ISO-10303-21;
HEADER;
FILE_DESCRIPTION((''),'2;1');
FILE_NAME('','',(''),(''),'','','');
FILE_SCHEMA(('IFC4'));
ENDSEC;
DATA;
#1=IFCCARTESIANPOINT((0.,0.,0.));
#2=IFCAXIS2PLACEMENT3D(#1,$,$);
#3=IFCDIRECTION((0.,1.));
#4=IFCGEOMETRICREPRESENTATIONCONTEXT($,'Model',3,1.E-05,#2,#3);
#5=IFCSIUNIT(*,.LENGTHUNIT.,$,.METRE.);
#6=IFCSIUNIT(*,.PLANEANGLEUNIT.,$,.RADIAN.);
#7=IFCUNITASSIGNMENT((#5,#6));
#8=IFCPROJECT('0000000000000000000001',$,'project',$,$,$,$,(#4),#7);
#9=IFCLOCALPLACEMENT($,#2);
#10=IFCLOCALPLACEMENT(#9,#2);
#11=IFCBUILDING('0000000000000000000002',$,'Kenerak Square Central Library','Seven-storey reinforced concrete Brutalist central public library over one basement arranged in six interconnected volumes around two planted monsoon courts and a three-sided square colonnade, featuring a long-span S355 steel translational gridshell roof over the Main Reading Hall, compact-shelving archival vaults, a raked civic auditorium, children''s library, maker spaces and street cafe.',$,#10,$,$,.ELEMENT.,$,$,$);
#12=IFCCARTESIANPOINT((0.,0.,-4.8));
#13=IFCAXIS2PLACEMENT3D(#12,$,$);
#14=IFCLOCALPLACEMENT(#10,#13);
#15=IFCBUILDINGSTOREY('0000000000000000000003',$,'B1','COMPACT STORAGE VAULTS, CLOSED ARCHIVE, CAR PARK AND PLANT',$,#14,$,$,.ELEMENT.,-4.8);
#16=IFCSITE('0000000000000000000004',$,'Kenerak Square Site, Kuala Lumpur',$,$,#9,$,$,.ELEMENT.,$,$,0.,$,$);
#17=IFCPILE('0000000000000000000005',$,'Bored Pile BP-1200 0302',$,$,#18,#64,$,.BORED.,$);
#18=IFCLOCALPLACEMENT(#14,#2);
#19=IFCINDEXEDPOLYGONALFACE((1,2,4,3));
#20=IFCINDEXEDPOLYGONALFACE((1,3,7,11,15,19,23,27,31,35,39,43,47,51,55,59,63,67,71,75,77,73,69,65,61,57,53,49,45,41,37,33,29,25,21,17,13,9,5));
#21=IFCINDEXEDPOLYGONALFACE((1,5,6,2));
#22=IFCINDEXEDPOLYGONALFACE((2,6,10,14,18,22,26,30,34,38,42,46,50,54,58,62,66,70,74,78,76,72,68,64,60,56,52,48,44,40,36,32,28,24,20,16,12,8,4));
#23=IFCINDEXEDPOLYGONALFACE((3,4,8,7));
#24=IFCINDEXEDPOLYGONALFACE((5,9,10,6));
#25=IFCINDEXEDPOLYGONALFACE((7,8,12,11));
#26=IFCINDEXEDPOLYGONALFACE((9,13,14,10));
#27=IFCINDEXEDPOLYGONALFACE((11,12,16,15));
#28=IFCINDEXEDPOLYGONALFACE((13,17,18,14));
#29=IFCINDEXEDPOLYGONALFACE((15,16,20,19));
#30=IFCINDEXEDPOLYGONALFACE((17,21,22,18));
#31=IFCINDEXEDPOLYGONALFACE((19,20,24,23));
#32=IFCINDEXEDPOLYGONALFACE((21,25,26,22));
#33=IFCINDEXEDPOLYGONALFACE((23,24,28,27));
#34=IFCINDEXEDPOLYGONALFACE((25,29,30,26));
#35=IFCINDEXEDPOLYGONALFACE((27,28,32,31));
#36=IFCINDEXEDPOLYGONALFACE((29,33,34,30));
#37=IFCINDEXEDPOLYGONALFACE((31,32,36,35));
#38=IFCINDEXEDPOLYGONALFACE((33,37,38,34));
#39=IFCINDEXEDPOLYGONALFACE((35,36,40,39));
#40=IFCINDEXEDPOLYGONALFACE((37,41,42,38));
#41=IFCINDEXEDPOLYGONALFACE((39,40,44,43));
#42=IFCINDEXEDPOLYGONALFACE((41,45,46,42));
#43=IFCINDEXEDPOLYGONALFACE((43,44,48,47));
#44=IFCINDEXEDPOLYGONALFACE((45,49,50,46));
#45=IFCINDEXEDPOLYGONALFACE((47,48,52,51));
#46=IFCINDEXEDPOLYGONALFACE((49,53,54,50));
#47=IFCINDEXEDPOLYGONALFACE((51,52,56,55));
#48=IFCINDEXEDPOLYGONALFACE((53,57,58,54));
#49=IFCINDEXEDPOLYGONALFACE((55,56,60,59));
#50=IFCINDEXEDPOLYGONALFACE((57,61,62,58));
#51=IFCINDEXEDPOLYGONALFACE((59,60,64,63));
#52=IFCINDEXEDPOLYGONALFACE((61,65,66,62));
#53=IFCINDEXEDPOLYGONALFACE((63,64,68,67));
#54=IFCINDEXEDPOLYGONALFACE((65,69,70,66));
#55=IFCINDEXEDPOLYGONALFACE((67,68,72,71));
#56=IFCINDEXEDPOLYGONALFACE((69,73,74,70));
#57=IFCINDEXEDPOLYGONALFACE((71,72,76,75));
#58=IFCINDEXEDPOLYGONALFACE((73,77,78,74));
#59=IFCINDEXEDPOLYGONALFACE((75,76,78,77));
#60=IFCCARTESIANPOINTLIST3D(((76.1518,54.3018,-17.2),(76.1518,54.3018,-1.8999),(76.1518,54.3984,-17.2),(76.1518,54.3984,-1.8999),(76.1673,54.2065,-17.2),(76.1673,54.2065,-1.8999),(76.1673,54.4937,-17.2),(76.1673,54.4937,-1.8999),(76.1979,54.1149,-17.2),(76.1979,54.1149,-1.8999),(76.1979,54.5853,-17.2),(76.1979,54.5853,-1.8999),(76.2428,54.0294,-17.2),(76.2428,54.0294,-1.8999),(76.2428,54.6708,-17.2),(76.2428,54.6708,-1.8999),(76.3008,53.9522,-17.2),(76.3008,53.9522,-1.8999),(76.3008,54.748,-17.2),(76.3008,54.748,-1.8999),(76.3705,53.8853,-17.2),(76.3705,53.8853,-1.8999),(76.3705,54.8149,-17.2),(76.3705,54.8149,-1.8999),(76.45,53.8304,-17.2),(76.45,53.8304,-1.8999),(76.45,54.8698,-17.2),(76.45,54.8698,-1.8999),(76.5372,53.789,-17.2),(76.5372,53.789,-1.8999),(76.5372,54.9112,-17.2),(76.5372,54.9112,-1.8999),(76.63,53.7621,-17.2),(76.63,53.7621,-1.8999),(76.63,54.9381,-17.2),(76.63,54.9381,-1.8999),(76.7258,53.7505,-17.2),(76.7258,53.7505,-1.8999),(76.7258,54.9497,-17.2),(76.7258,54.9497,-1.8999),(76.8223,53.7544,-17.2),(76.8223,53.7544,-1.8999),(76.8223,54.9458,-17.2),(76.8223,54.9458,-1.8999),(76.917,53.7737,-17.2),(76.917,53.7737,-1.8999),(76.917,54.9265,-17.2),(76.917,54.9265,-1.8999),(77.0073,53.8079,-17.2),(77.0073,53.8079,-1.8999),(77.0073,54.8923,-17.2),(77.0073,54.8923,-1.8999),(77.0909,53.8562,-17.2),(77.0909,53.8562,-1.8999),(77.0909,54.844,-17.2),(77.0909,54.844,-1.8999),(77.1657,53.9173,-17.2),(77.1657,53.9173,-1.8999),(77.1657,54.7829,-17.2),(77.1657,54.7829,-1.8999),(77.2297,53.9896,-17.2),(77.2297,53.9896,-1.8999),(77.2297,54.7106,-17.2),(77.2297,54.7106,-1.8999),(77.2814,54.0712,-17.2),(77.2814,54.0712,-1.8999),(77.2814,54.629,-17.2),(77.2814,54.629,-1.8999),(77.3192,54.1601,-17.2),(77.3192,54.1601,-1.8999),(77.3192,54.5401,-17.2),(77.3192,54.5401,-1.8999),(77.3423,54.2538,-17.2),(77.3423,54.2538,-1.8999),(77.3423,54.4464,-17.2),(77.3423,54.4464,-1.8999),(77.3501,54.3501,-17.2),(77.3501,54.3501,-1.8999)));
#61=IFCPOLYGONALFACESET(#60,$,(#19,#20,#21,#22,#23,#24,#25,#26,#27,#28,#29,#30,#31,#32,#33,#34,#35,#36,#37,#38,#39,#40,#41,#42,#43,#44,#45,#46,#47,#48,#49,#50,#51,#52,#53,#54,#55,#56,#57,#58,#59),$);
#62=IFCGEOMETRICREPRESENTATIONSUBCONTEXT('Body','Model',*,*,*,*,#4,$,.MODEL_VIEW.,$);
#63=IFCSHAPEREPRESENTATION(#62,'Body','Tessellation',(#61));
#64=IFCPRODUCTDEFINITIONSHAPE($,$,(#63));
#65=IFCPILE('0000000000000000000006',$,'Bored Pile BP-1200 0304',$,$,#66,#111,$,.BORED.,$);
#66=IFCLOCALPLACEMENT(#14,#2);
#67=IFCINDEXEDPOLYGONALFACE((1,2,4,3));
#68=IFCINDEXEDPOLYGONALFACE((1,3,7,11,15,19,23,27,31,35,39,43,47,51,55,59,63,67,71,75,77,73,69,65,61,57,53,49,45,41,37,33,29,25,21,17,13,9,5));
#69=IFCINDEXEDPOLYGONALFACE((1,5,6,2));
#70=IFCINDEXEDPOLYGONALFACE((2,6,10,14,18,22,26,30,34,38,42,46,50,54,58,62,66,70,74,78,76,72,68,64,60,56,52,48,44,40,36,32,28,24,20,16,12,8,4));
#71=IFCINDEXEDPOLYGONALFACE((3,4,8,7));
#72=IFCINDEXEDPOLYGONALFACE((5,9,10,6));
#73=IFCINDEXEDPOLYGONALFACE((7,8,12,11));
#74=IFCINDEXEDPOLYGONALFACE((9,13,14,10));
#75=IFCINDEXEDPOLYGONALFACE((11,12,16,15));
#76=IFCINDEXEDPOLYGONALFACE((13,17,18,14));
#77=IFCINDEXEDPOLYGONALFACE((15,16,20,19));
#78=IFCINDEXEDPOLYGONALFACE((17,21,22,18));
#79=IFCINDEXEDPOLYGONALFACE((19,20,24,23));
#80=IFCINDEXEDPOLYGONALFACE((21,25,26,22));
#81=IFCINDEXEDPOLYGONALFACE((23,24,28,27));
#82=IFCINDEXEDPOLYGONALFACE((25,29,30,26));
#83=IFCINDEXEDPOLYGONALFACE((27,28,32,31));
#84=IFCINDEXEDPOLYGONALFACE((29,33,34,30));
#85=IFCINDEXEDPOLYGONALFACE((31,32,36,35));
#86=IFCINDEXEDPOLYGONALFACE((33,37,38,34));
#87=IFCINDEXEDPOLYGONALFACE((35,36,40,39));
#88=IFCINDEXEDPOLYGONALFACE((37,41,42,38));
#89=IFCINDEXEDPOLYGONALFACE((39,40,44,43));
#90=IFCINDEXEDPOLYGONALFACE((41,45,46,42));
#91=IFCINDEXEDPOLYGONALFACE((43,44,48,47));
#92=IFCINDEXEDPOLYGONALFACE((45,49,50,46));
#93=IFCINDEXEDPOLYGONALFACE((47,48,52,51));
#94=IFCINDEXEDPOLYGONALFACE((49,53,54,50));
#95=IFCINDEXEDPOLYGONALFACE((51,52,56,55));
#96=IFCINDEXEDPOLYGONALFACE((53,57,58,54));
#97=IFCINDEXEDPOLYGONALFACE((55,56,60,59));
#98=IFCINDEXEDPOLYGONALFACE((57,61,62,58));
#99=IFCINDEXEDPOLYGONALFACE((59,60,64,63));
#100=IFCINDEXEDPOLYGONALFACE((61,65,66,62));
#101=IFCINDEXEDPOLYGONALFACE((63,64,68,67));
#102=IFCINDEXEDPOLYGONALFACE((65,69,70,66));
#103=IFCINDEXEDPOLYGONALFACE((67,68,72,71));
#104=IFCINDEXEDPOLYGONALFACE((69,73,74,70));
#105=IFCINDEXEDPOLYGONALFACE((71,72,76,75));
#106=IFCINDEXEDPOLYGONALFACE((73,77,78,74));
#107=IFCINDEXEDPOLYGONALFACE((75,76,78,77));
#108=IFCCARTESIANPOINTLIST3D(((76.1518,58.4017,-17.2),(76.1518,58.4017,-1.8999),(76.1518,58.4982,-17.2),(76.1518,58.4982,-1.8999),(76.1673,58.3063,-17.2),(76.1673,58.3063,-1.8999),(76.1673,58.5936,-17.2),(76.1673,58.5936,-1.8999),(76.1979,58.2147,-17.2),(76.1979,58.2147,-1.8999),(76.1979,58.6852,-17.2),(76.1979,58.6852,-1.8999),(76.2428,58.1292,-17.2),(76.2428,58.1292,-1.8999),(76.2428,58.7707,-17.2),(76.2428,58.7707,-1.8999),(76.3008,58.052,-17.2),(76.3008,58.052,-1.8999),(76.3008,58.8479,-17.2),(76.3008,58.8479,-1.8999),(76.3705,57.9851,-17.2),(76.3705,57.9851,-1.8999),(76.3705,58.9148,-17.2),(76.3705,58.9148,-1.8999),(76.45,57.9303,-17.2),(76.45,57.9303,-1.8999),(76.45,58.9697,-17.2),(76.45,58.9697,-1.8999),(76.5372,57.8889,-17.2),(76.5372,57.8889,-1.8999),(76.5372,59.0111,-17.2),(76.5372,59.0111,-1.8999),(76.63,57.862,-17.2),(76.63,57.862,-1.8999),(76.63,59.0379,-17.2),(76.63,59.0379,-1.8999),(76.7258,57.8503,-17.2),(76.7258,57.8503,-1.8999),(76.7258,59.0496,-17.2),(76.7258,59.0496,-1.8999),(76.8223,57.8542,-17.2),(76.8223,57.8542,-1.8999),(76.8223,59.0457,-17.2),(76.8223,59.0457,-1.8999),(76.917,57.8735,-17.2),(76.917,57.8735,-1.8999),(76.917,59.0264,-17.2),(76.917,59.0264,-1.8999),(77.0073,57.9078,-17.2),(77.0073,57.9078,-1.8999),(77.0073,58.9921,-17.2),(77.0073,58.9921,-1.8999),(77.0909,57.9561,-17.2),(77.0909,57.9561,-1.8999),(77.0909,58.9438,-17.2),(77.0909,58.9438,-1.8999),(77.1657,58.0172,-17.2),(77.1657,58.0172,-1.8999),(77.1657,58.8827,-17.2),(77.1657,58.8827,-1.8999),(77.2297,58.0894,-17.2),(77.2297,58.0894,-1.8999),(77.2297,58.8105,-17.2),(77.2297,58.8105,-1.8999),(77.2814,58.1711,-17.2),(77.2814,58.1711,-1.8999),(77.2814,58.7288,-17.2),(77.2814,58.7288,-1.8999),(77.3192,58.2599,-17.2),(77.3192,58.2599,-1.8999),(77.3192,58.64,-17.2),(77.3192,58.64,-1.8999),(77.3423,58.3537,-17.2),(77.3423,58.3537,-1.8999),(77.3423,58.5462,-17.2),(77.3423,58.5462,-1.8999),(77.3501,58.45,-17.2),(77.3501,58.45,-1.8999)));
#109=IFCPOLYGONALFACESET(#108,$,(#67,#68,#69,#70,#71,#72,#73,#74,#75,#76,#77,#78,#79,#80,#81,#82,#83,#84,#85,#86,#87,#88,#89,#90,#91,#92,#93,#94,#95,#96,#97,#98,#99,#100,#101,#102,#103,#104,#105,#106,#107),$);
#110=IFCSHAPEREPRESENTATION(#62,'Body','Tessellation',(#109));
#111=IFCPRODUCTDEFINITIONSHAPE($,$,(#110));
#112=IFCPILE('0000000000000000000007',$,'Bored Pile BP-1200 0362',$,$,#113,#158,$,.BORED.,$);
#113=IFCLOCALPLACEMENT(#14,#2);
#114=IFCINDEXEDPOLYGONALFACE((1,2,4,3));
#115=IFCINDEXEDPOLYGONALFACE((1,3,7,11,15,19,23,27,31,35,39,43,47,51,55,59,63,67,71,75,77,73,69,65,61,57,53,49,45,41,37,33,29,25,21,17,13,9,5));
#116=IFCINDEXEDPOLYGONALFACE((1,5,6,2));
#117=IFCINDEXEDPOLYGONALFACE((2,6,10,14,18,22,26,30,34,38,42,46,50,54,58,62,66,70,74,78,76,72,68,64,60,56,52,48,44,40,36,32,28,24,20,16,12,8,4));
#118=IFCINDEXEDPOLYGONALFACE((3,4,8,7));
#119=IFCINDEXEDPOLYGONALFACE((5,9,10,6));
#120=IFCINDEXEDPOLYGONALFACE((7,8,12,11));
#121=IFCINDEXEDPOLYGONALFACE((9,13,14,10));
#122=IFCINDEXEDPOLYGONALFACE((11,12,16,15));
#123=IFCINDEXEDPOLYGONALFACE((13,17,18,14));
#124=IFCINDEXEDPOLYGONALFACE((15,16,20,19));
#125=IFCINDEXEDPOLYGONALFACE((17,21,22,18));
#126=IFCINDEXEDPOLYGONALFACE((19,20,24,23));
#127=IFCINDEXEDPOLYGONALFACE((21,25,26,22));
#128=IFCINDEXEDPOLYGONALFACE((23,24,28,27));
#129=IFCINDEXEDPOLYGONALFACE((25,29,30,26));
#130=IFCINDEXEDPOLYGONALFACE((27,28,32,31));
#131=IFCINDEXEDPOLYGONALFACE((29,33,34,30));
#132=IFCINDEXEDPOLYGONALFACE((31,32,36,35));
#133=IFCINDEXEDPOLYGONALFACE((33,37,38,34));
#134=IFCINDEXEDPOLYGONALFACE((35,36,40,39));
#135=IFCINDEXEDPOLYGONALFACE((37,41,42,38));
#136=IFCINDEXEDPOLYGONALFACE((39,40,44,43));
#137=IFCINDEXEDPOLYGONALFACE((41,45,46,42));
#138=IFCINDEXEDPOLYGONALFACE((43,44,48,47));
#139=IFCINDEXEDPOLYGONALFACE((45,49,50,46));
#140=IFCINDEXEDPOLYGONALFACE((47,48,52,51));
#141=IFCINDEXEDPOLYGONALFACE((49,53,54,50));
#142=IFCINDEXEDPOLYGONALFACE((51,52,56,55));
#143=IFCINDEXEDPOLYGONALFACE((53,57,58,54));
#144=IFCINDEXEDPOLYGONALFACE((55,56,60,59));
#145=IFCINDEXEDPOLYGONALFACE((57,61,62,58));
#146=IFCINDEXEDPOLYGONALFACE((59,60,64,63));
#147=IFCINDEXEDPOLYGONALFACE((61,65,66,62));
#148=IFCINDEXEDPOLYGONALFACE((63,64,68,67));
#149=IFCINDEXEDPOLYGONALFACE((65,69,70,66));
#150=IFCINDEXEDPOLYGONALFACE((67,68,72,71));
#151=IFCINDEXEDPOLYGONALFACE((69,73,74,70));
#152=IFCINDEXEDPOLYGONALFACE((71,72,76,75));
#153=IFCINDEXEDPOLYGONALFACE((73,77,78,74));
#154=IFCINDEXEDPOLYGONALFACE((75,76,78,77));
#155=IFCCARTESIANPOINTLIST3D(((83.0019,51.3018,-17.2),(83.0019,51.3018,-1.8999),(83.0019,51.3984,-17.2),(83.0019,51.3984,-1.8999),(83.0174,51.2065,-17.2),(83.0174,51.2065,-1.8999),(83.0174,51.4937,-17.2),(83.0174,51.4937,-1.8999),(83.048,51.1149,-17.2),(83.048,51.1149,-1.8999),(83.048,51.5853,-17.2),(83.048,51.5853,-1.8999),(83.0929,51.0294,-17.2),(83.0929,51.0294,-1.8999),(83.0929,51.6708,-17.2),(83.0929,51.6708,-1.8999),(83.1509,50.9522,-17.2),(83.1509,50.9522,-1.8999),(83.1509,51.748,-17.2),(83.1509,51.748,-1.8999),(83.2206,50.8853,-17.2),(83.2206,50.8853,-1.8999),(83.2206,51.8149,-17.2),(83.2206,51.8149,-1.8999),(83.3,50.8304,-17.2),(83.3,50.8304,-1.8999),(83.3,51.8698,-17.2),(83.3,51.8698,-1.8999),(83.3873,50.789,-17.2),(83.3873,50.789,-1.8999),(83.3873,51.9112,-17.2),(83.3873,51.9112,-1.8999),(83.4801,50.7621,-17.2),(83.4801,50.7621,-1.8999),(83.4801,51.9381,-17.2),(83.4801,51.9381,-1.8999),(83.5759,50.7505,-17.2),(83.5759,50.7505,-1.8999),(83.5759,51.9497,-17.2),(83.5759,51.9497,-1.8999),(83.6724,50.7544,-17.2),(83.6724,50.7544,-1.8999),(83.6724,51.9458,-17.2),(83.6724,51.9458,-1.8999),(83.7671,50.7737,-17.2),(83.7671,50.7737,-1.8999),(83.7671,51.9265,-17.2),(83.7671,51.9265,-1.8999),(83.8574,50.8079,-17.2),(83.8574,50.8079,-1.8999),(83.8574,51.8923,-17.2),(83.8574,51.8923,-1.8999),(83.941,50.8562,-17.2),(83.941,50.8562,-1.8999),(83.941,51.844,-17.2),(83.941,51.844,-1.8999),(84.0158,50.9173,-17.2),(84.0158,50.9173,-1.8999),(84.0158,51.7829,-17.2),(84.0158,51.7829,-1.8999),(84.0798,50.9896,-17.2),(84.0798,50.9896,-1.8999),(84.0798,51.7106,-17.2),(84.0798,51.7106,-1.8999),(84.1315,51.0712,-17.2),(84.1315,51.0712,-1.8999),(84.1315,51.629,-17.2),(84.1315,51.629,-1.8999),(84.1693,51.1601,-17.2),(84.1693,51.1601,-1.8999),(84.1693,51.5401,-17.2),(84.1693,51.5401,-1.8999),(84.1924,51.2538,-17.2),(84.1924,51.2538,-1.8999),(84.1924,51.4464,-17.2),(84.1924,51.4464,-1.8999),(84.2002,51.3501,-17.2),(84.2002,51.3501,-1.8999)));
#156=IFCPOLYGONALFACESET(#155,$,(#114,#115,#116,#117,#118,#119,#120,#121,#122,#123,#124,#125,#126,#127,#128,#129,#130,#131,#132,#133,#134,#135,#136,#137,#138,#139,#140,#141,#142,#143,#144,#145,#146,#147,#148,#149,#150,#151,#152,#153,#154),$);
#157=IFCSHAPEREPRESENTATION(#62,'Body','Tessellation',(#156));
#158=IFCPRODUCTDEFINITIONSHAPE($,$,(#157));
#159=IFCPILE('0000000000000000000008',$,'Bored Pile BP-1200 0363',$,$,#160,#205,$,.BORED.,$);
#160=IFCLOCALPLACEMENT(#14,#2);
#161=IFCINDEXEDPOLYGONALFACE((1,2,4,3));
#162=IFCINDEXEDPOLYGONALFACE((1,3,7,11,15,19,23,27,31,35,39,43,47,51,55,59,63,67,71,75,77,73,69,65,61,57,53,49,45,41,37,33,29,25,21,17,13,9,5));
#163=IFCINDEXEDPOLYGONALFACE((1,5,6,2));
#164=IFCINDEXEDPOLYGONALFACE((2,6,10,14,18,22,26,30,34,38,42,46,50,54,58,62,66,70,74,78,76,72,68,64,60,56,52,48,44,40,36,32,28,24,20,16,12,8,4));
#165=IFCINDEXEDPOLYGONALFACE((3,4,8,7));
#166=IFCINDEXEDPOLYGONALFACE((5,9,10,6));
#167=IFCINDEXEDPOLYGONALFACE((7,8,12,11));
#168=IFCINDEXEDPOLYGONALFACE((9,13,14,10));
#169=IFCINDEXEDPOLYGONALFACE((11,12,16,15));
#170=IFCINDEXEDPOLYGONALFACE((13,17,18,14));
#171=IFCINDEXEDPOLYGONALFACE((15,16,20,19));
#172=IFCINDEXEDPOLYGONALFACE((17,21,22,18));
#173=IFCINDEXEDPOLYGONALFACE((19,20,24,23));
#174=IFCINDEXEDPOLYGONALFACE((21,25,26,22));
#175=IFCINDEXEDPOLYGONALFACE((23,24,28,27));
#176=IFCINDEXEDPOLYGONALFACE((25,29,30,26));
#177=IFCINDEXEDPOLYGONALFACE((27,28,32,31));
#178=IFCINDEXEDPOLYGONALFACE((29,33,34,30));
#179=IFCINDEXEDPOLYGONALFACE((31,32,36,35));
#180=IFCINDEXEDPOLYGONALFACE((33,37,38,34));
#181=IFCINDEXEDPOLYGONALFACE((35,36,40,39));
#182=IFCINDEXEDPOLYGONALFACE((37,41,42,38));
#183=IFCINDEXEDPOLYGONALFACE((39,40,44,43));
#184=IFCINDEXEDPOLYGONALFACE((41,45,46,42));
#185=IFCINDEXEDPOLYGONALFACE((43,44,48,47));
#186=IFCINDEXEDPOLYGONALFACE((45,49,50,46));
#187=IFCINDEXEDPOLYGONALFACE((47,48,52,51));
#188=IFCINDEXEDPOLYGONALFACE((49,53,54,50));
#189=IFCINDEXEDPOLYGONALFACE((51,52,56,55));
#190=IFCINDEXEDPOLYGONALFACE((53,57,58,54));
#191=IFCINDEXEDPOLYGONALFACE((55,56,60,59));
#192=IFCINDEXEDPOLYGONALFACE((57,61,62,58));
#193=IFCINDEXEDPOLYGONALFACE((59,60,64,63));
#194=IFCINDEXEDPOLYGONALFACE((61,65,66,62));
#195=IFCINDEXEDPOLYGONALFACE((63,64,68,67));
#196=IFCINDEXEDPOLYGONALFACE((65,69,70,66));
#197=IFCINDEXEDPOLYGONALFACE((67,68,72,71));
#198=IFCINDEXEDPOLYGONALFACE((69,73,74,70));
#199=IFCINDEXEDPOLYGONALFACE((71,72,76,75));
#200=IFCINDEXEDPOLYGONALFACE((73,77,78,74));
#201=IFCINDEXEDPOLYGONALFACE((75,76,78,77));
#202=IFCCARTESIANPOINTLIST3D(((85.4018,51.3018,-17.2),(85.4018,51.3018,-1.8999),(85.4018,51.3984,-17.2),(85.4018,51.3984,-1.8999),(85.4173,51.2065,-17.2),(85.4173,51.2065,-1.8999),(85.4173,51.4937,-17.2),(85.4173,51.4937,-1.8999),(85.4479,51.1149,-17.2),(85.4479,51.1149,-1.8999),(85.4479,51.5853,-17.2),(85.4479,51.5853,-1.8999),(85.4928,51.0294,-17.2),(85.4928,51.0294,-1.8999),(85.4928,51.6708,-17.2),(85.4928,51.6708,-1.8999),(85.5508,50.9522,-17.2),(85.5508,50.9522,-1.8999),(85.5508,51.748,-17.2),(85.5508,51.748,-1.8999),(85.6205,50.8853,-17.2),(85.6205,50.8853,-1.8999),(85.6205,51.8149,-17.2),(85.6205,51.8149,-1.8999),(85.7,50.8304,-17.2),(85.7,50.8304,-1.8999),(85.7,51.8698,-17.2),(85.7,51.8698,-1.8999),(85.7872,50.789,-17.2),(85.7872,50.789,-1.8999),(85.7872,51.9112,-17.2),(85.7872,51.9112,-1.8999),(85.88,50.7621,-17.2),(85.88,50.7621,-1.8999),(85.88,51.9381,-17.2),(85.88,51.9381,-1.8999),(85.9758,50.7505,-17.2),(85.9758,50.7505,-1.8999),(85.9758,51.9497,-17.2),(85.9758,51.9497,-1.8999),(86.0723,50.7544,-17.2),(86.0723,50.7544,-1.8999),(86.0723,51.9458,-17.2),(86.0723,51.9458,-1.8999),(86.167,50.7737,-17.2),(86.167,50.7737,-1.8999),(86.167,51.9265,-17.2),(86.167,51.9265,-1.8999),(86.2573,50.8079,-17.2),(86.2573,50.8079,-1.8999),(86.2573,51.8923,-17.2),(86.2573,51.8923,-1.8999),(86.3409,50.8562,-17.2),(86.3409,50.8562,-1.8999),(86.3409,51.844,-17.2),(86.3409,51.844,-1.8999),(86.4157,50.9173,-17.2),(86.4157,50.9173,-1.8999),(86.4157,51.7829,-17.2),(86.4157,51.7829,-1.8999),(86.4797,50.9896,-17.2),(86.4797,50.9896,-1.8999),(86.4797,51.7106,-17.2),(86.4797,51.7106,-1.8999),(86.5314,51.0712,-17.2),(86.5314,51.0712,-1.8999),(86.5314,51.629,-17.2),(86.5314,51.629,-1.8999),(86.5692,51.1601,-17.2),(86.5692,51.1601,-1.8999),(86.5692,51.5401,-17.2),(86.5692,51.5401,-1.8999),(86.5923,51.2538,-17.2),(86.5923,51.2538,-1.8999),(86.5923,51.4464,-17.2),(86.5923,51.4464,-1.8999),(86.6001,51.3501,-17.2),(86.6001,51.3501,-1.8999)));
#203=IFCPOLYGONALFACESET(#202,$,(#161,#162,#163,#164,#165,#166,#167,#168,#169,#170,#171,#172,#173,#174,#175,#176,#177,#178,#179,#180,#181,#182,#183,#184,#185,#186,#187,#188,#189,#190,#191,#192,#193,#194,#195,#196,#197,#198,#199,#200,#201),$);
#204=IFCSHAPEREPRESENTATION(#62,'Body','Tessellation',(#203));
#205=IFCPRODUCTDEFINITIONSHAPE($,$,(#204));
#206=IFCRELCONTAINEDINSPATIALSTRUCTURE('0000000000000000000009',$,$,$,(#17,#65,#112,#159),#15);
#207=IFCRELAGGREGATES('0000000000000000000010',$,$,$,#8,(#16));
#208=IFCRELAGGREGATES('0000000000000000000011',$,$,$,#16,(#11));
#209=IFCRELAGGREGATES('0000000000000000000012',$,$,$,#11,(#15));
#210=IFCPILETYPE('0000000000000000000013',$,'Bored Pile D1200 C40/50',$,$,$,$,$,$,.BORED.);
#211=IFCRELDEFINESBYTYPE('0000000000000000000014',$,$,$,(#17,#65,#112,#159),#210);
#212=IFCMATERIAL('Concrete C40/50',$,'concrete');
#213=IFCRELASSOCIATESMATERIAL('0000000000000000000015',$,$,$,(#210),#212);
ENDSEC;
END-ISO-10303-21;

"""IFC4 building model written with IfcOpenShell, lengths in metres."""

from ifc_helpers import new_model, si_unit, direction, frame, origin, origin_2d, place, context, subcontext, project, spatial, circle, extrude, material, material_profile, profile_set, type_object, element, save


model = new_model("IFC4")

# Units and contexts
model_context = context("Model", 3, precision=1e-05, world=origin(), true_north=direction((0.0, 1.0)))
body_context = subcontext(model_context, "Body", "Model", "MODEL_VIEW")
ifc_project = project(units=[si_unit("LENGTHUNIT", "METRE"), si_unit("PLANEANGLEUNIT", "RADIAN")], contexts=[model_context])

# Site, building, storey
site_placement = place(None, origin())
site = spatial("IfcSite", under=ifc_project, at=site_placement, Name="Kenerak Square Site, Kuala Lumpur", CompositionType="ELEMENT", RefElevation=0.0)
building_placement = place(site_placement, origin())
building = spatial("IfcBuilding", under=site, at=building_placement, Name="Kenerak Square Central Library", Description="Seven-storey reinforced concrete Brutalist central public library over one basement arranged in six interconnected volumes around two planted monsoon courts and a three-sided square colonnade, featuring a long-span S355 steel translational gridshell roof over the Main Reading Hall, compact-shelving archival vaults, a raked civic auditorium, children's library, maker spaces and street cafe.", CompositionType="ELEMENT")
storey_placement = place(building_placement, frame((0.0, 0.0, -4.8)))
storey = spatial("IfcBuildingStorey", under=building, at=storey_placement, Name="B1", Description="COMPACT STORAGE VAULTS, CLOSED ARCHIVE, CAR PARK AND PLANT", CompositionType="ELEMENT", Elevation=-4.8)

# Piles
ifc_material_1 = material(Name="Concrete C40/50", Category="concrete")
ifc_material_profile_1 = material_profile(ifc_material_1, circle(Radius=0.6001, at=origin_2d()), Name="BP D1200")
ifc_profile_set_1 = profile_set([ifc_material_profile_1], Name="Concrete C40/50")
pile_type = type_object("IfcPileType", Name="Bored Pile D1200 C40/50", PredefinedType="BORED", material=ifc_profile_set_1)
for number, where, z_axis, x_axis, name in (
    (1, (76.75, 54.3501, -1.8999), (0.0, 0.0, -1.0), (1.0, 0.0, 0.0), "Bored Pile BP-1200 0302"),
    (2, (76.75, 58.45, -1.8999), (0.0, 0.0, -1.0), (1.0, 0.0, 0.0), "Bored Pile BP-1200 0304"),
    (3, (83.6001, 51.3501, -1.8999), (0.0, 0.0, -1.0), (1.0, 0.0, 0.0), "Bored Pile BP-1200 0362"),
    (4, (86.0, 51.3501, -1.8999), (0.0, 0.0, -1.0), (1.0, 0.0, 0.0), "Bored Pile BP-1200 0363"),
):
    element("IfcPile", number, at=place(storey_placement, frame(where, z_axis=z_axis, x_axis=x_axis)), inside=storey, type_object=pile_type, Name=name, PredefinedType="BORED", context=body_context, shape_type="SweptSolid", body=[
        extrude(circle(Radius=0.6001, at=origin_2d()), origin(), (0.0, 0.0, 1.0), 15.3),
    ])

save(model, "model.ifc")
